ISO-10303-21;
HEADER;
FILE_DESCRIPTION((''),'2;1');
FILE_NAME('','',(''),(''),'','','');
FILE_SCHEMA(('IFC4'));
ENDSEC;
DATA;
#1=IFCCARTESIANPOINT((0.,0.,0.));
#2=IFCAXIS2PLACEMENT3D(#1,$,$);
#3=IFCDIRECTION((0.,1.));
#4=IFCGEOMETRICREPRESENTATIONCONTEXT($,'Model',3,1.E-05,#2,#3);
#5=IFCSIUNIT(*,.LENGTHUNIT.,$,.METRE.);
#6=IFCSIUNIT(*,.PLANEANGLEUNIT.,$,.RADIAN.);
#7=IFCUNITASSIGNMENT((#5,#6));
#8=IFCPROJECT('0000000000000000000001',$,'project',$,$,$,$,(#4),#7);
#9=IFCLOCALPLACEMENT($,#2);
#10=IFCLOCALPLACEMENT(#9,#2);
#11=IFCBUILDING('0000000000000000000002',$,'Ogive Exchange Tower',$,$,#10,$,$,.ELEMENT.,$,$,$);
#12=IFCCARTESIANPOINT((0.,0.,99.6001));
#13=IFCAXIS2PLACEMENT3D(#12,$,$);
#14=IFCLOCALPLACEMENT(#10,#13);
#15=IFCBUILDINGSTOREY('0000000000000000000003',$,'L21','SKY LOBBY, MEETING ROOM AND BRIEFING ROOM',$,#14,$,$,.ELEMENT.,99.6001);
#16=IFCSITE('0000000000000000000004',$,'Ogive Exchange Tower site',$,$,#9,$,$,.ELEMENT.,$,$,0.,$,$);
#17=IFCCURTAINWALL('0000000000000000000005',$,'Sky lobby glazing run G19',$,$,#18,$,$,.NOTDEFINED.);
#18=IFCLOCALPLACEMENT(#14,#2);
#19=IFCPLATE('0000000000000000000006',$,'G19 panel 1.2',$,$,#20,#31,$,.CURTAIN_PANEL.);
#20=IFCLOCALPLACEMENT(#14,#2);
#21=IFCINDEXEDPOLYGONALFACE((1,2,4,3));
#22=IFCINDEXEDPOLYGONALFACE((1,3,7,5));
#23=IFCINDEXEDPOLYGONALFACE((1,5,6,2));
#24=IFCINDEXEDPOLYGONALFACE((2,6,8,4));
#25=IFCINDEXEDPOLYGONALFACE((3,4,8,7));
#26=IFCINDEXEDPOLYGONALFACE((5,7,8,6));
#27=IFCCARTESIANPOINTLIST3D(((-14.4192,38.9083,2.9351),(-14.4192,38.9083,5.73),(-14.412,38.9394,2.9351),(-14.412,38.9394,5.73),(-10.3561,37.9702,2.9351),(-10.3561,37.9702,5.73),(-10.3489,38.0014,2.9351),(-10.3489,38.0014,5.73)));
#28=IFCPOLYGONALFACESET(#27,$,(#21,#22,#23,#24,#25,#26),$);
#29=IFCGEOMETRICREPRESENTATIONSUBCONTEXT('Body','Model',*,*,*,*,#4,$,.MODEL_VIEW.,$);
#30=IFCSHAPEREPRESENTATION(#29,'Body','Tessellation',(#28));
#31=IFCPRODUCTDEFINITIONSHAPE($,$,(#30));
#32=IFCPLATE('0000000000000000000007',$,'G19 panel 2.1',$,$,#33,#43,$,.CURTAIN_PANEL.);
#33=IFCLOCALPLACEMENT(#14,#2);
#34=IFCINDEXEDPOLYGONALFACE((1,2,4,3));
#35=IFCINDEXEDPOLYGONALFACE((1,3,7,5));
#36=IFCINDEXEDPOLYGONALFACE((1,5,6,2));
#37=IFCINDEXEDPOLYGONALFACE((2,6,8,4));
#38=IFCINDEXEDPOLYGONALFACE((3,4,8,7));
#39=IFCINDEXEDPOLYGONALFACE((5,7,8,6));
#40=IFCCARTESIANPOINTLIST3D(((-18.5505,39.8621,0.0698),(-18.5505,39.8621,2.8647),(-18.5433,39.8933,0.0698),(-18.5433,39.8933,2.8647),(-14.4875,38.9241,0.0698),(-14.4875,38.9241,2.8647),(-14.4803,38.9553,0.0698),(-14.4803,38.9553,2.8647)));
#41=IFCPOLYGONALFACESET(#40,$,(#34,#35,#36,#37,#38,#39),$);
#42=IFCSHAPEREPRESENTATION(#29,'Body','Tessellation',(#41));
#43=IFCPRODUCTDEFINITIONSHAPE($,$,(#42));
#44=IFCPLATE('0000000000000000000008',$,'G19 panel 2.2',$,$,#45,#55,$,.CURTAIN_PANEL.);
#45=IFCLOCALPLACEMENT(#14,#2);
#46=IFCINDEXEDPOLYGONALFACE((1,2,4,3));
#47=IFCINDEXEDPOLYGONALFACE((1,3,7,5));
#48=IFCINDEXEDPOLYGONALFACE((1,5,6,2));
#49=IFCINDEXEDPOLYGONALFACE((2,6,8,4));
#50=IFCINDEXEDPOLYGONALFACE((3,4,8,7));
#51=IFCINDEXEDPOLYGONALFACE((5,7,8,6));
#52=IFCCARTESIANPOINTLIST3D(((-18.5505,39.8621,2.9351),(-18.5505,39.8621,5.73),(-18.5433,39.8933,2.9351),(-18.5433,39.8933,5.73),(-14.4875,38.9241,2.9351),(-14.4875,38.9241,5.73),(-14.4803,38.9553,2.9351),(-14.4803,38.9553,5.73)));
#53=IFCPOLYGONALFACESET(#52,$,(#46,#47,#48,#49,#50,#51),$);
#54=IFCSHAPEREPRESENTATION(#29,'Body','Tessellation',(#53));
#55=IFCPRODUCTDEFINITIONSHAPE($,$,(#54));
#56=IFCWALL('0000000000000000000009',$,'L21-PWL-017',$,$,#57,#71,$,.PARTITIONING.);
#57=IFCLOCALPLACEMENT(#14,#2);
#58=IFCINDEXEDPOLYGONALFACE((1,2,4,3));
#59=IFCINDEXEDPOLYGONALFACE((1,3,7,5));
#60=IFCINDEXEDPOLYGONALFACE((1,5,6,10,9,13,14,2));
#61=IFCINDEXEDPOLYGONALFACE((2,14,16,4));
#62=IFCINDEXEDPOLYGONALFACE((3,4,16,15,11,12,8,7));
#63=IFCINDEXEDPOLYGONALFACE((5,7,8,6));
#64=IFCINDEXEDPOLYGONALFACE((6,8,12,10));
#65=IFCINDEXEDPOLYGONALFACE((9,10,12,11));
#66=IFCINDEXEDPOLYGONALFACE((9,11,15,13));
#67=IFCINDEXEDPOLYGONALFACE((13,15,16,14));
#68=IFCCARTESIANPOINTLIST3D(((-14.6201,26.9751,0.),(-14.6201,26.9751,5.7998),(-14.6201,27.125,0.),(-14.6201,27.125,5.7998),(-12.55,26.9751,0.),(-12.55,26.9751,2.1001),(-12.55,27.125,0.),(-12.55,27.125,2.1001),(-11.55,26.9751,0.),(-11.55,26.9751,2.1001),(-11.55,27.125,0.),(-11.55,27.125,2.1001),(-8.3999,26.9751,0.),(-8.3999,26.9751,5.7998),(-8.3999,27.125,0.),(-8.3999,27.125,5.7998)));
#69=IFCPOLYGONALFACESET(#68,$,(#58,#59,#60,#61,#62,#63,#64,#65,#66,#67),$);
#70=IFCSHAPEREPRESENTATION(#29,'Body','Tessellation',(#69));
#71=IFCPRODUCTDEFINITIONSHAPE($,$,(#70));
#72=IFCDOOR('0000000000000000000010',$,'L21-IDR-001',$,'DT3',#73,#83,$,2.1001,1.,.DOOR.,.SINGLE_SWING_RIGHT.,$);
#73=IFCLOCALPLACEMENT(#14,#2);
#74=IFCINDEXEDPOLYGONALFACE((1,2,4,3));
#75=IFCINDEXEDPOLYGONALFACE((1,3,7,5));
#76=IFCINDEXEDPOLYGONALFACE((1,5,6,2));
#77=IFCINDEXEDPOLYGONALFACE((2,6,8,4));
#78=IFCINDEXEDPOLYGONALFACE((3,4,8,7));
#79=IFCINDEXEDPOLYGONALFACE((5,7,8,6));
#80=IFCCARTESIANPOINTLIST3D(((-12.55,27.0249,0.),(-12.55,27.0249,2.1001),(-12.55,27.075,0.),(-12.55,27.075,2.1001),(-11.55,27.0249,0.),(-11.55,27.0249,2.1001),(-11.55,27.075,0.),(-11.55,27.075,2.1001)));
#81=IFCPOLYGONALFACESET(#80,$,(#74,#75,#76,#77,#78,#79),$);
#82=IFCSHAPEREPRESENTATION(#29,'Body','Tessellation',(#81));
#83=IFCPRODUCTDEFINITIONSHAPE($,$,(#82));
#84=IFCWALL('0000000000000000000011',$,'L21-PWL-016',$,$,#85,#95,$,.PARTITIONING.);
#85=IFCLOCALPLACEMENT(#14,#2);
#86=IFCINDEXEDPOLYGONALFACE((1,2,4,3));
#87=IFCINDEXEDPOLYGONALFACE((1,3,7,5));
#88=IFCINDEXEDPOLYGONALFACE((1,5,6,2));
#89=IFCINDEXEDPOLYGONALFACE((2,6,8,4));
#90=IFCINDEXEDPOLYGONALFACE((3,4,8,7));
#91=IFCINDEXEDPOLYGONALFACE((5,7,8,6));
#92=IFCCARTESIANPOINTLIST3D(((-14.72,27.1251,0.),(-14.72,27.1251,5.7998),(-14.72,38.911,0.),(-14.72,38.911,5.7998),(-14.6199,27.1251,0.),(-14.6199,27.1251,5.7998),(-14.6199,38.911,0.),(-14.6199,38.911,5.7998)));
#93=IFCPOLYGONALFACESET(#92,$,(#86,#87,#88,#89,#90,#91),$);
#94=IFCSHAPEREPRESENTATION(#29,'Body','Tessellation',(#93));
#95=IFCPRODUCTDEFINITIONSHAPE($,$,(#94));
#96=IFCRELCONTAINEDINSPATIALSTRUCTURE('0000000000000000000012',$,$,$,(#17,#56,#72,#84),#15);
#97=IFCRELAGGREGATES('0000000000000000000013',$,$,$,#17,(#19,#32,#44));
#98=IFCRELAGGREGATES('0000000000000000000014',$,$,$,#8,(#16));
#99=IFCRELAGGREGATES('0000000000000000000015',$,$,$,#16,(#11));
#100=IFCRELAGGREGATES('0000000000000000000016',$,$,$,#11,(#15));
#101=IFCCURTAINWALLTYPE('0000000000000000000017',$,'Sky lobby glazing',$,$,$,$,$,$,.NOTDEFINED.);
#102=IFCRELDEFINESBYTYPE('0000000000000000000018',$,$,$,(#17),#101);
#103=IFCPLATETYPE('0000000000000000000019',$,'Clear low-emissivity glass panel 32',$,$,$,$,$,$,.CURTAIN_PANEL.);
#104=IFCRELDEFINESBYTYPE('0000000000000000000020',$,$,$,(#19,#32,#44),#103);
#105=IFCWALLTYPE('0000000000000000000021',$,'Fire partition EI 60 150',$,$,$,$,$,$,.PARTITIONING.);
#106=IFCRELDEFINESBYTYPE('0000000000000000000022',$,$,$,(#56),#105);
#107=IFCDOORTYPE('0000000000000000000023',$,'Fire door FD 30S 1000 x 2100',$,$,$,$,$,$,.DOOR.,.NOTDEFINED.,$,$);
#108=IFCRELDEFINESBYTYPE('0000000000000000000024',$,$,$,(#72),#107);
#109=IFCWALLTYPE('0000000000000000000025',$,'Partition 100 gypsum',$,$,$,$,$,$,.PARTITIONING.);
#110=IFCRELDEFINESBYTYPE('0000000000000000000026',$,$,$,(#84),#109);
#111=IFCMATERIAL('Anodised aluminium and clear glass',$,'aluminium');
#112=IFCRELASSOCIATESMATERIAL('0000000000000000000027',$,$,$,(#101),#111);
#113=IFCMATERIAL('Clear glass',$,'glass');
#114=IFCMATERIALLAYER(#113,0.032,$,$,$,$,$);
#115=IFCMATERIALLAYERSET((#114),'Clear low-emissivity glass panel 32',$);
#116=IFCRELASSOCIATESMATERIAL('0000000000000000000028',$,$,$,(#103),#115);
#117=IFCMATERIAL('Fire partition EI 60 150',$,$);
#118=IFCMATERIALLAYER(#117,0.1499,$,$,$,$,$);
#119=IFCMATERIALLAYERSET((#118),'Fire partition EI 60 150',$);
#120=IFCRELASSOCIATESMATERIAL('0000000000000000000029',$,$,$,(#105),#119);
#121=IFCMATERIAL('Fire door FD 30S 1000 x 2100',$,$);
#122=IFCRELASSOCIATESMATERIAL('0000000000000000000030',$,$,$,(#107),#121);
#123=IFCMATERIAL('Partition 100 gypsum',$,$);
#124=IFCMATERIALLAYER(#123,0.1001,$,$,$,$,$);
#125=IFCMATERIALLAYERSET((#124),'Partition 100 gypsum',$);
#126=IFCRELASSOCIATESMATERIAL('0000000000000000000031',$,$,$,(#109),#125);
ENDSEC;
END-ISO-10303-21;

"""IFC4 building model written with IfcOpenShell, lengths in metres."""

from ifc_helpers import new_model, si_unit, direction, frame, frame_2d, origin, origin_2d, place, context, subcontext, project, spatial, rectangle, extrude, material, layer, layer_set, type_object, element, fill, aggregate, save


model = new_model("IFC4")

# Units and contexts
model_context = context("Model", 3, precision=1e-05, world=origin(), true_north=direction((0.0, 1.0)))
body_context = subcontext(model_context, "Body", "Model", "MODEL_VIEW")
ifc_project = project(units=[si_unit("LENGTHUNIT", "METRE"), si_unit("PLANEANGLEUNIT", "RADIAN")], contexts=[model_context])

# Site, building, storey
site_placement = place(None, origin())
site = spatial("IfcSite", under=ifc_project, at=site_placement, Name="Ogive Exchange Tower site", CompositionType="ELEMENT", RefElevation=0.0)
building_placement = place(site_placement, origin())
building = spatial("IfcBuilding", under=site, at=building_placement, Name="Ogive Exchange Tower", CompositionType="ELEMENT")
storey_placement = place(building_placement, frame((0.0, 0.0, 99.6001)))
storey = spatial("IfcBuildingStorey", under=building, at=storey_placement, Name="L21", Description="SKY LOBBY, MEETING ROOM AND BRIEFING ROOM", CompositionType="ELEMENT", Elevation=99.6001)

# Curtain wall, plates
ifc_material_1 = material(Name="Anodised aluminium and clear glass", Category="aluminium")
curtain_wall_type = type_object("IfcCurtainWallType", Name="Sky lobby glazing", PredefinedType="NOTDEFINED", material=ifc_material_1)
curtain_wall_placement = place(storey_placement, origin())
curtain_wall = element("IfcCurtainWall", 1, at=curtain_wall_placement, inside=storey, type_object=curtain_wall_type, Name="Sky lobby glazing run G19", PredefinedType="NOTDEFINED")
ifc_material_2 = material(Name="Clear glass", Category="glass")
ifc_layer_1 = layer(ifc_material_2, 0.032)
ifc_layer_set_1 = layer_set([ifc_layer_1], Name="Clear low-emissivity glass panel 32")
plate_type = type_object("IfcPlateType", Name="Clear low-emissivity glass panel 32", PredefinedType="CURTAIN_PANEL", material=ifc_layer_set_1)
plate_1_placement = place(storey_placement, frame((-12.384, 38.4548, 2.9351), z_axis=(0.0, 0.0, 1.0), x_axis=(-0.97437, 0.224949, 0.0)))
plate_1 = element("IfcPlate", 2, at=plate_1_placement, type_object=plate_type, Name="G19 panel 1.2", PredefinedType="CURTAIN_PANEL", context=body_context, shape_type="SweptSolid", body=[
    extrude(rectangle(XDim=4.1699, YDim=0.032, at=origin_2d()), origin(), (0.0, 0.0, 1.0), 2.7949),
])
plate_2_placement = place(storey_placement, frame((-16.5154, 39.4087, 0.0698), z_axis=(0.0, 0.0, 1.0), x_axis=(-0.97437, 0.224949, 0.0)))
plate_2 = element("IfcPlate", 3, at=plate_2_placement, type_object=plate_type, Name="G19 panel 2.1", PredefinedType="CURTAIN_PANEL", context=body_context, shape_type="SweptSolid", body=[
    extrude(rectangle(XDim=4.1699, YDim=0.032, at=origin_2d()), origin(), (0.0, 0.0, 1.0), 2.7949),
])
plate_3_placement = place(storey_placement, frame((-16.5154, 39.4087, 2.9351), z_axis=(0.0, 0.0, 1.0), x_axis=(-0.97437, 0.224949, 0.0)))
plate_3 = element("IfcPlate", 4, at=plate_3_placement, type_object=plate_type, Name="G19 panel 2.2", PredefinedType="CURTAIN_PANEL", context=body_context, shape_type="SweptSolid", body=[
    extrude(rectangle(XDim=4.1699, YDim=0.032, at=origin_2d()), origin(), (0.0, 0.0, 1.0), 2.7949),
])
aggregate(curtain_wall, [plate_1, plate_2, plate_3])

# Wall, opening, door
ifc_material_3 = material(Name="Fire partition EI 60 150")
ifc_layer_2 = layer(ifc_material_3, 0.1499)
ifc_layer_set_2 = layer_set([ifc_layer_2], Name="Fire partition EI 60 150")
wall_type_1 = type_object("IfcWallType", Name="Fire partition EI 60 150", PredefinedType="PARTITIONING", material=ifc_layer_set_2)
wall_1_placement = place(storey_placement, frame((-14.6201, 27.05, 0.0), z_axis=(0.0, 0.0, 1.0), x_axis=(1.0, 0.0, 0.0)))
wall_1 = element("IfcWall", 5, at=wall_1_placement, inside=storey, type_object=wall_type_1, Name="L21-PWL-017", PredefinedType="PARTITIONING", context=body_context, shape_type="SweptSolid", body=[
    extrude(rectangle(XDim=6.2202, YDim=0.1499, at=frame_2d((3.1101, 0.0))), origin(), (0.0, 0.0, 1.0), 5.7998),
])
opening_placement = place(wall_1_placement, frame((2.0701, 0.0, 0.0)))
opening = element("IfcOpeningElement", 6, at=opening_placement, cuts=wall_1, PredefinedType="OPENING", context=body_context, shape_type="SweptSolid", body=[
    extrude(rectangle(XDim=1.0, YDim=2.1001, at=frame_2d((0.5, 1.05))), frame((0.0, 0.085, 0.0), z_axis=(0.0, -1.0, 0.0), x_axis=(1.0, 0.0, 0.0)), (0.0, 0.0, 1.0), 0.1699),
])
ifc_material_4 = material(Name="Fire door FD 30S 1000 x 2100")
door_type = type_object("IfcDoorType", Name="Fire door FD 30S 1000 x 2100", OperationType="NOTDEFINED", PredefinedType="DOOR", material=ifc_material_4)
door_placement = place(opening_placement, origin())
door = element("IfcDoor", 7, at=door_placement, inside=storey, type_object=door_type, Name="L21-IDR-001", ObjectType="DT3", OperationType="SINGLE_SWING_RIGHT", OverallHeight=2.1001, OverallWidth=1.0, PredefinedType="DOOR", context=body_context, shape_type="SweptSolid", body=[
    extrude(rectangle(XDim=1.0, YDim=2.1001, at=frame_2d((0.5, 1.05))), frame((0.0, 0.0249, 0.0), z_axis=(0.0, -1.0, 0.0), x_axis=(1.0, 0.0, 0.0)), (0.0, 0.0, 1.0), 0.05),
])
fill(opening, door)

# Wall
ifc_material_5 = material(Name="Partition 100 gypsum")
ifc_layer_3 = layer(ifc_material_5, 0.1001)
ifc_layer_set_3 = layer_set([ifc_layer_3], Name="Partition 100 gypsum")
wall_type_2 = type_object("IfcWallType", Name="Partition 100 gypsum", PredefinedType="PARTITIONING", material=ifc_layer_set_3)
wall_2_placement = place(storey_placement, frame((-14.6699, 27.125, 0.0), z_axis=(0.0, 0.0, 1.0), x_axis=(0.0, 1.0, 0.0)))
element("IfcWall", 8, at=wall_2_placement, inside=storey, type_object=wall_type_2, Name="L21-PWL-016", PredefinedType="PARTITIONING", context=body_context, shape_type="SweptSolid", body=[
    extrude(rectangle(XDim=11.7859, YDim=0.1001, at=frame_2d((5.8931, 0.0))), origin(), (0.0, 0.0, 1.0), 5.7998),
])

save(model, "model.ifc")
